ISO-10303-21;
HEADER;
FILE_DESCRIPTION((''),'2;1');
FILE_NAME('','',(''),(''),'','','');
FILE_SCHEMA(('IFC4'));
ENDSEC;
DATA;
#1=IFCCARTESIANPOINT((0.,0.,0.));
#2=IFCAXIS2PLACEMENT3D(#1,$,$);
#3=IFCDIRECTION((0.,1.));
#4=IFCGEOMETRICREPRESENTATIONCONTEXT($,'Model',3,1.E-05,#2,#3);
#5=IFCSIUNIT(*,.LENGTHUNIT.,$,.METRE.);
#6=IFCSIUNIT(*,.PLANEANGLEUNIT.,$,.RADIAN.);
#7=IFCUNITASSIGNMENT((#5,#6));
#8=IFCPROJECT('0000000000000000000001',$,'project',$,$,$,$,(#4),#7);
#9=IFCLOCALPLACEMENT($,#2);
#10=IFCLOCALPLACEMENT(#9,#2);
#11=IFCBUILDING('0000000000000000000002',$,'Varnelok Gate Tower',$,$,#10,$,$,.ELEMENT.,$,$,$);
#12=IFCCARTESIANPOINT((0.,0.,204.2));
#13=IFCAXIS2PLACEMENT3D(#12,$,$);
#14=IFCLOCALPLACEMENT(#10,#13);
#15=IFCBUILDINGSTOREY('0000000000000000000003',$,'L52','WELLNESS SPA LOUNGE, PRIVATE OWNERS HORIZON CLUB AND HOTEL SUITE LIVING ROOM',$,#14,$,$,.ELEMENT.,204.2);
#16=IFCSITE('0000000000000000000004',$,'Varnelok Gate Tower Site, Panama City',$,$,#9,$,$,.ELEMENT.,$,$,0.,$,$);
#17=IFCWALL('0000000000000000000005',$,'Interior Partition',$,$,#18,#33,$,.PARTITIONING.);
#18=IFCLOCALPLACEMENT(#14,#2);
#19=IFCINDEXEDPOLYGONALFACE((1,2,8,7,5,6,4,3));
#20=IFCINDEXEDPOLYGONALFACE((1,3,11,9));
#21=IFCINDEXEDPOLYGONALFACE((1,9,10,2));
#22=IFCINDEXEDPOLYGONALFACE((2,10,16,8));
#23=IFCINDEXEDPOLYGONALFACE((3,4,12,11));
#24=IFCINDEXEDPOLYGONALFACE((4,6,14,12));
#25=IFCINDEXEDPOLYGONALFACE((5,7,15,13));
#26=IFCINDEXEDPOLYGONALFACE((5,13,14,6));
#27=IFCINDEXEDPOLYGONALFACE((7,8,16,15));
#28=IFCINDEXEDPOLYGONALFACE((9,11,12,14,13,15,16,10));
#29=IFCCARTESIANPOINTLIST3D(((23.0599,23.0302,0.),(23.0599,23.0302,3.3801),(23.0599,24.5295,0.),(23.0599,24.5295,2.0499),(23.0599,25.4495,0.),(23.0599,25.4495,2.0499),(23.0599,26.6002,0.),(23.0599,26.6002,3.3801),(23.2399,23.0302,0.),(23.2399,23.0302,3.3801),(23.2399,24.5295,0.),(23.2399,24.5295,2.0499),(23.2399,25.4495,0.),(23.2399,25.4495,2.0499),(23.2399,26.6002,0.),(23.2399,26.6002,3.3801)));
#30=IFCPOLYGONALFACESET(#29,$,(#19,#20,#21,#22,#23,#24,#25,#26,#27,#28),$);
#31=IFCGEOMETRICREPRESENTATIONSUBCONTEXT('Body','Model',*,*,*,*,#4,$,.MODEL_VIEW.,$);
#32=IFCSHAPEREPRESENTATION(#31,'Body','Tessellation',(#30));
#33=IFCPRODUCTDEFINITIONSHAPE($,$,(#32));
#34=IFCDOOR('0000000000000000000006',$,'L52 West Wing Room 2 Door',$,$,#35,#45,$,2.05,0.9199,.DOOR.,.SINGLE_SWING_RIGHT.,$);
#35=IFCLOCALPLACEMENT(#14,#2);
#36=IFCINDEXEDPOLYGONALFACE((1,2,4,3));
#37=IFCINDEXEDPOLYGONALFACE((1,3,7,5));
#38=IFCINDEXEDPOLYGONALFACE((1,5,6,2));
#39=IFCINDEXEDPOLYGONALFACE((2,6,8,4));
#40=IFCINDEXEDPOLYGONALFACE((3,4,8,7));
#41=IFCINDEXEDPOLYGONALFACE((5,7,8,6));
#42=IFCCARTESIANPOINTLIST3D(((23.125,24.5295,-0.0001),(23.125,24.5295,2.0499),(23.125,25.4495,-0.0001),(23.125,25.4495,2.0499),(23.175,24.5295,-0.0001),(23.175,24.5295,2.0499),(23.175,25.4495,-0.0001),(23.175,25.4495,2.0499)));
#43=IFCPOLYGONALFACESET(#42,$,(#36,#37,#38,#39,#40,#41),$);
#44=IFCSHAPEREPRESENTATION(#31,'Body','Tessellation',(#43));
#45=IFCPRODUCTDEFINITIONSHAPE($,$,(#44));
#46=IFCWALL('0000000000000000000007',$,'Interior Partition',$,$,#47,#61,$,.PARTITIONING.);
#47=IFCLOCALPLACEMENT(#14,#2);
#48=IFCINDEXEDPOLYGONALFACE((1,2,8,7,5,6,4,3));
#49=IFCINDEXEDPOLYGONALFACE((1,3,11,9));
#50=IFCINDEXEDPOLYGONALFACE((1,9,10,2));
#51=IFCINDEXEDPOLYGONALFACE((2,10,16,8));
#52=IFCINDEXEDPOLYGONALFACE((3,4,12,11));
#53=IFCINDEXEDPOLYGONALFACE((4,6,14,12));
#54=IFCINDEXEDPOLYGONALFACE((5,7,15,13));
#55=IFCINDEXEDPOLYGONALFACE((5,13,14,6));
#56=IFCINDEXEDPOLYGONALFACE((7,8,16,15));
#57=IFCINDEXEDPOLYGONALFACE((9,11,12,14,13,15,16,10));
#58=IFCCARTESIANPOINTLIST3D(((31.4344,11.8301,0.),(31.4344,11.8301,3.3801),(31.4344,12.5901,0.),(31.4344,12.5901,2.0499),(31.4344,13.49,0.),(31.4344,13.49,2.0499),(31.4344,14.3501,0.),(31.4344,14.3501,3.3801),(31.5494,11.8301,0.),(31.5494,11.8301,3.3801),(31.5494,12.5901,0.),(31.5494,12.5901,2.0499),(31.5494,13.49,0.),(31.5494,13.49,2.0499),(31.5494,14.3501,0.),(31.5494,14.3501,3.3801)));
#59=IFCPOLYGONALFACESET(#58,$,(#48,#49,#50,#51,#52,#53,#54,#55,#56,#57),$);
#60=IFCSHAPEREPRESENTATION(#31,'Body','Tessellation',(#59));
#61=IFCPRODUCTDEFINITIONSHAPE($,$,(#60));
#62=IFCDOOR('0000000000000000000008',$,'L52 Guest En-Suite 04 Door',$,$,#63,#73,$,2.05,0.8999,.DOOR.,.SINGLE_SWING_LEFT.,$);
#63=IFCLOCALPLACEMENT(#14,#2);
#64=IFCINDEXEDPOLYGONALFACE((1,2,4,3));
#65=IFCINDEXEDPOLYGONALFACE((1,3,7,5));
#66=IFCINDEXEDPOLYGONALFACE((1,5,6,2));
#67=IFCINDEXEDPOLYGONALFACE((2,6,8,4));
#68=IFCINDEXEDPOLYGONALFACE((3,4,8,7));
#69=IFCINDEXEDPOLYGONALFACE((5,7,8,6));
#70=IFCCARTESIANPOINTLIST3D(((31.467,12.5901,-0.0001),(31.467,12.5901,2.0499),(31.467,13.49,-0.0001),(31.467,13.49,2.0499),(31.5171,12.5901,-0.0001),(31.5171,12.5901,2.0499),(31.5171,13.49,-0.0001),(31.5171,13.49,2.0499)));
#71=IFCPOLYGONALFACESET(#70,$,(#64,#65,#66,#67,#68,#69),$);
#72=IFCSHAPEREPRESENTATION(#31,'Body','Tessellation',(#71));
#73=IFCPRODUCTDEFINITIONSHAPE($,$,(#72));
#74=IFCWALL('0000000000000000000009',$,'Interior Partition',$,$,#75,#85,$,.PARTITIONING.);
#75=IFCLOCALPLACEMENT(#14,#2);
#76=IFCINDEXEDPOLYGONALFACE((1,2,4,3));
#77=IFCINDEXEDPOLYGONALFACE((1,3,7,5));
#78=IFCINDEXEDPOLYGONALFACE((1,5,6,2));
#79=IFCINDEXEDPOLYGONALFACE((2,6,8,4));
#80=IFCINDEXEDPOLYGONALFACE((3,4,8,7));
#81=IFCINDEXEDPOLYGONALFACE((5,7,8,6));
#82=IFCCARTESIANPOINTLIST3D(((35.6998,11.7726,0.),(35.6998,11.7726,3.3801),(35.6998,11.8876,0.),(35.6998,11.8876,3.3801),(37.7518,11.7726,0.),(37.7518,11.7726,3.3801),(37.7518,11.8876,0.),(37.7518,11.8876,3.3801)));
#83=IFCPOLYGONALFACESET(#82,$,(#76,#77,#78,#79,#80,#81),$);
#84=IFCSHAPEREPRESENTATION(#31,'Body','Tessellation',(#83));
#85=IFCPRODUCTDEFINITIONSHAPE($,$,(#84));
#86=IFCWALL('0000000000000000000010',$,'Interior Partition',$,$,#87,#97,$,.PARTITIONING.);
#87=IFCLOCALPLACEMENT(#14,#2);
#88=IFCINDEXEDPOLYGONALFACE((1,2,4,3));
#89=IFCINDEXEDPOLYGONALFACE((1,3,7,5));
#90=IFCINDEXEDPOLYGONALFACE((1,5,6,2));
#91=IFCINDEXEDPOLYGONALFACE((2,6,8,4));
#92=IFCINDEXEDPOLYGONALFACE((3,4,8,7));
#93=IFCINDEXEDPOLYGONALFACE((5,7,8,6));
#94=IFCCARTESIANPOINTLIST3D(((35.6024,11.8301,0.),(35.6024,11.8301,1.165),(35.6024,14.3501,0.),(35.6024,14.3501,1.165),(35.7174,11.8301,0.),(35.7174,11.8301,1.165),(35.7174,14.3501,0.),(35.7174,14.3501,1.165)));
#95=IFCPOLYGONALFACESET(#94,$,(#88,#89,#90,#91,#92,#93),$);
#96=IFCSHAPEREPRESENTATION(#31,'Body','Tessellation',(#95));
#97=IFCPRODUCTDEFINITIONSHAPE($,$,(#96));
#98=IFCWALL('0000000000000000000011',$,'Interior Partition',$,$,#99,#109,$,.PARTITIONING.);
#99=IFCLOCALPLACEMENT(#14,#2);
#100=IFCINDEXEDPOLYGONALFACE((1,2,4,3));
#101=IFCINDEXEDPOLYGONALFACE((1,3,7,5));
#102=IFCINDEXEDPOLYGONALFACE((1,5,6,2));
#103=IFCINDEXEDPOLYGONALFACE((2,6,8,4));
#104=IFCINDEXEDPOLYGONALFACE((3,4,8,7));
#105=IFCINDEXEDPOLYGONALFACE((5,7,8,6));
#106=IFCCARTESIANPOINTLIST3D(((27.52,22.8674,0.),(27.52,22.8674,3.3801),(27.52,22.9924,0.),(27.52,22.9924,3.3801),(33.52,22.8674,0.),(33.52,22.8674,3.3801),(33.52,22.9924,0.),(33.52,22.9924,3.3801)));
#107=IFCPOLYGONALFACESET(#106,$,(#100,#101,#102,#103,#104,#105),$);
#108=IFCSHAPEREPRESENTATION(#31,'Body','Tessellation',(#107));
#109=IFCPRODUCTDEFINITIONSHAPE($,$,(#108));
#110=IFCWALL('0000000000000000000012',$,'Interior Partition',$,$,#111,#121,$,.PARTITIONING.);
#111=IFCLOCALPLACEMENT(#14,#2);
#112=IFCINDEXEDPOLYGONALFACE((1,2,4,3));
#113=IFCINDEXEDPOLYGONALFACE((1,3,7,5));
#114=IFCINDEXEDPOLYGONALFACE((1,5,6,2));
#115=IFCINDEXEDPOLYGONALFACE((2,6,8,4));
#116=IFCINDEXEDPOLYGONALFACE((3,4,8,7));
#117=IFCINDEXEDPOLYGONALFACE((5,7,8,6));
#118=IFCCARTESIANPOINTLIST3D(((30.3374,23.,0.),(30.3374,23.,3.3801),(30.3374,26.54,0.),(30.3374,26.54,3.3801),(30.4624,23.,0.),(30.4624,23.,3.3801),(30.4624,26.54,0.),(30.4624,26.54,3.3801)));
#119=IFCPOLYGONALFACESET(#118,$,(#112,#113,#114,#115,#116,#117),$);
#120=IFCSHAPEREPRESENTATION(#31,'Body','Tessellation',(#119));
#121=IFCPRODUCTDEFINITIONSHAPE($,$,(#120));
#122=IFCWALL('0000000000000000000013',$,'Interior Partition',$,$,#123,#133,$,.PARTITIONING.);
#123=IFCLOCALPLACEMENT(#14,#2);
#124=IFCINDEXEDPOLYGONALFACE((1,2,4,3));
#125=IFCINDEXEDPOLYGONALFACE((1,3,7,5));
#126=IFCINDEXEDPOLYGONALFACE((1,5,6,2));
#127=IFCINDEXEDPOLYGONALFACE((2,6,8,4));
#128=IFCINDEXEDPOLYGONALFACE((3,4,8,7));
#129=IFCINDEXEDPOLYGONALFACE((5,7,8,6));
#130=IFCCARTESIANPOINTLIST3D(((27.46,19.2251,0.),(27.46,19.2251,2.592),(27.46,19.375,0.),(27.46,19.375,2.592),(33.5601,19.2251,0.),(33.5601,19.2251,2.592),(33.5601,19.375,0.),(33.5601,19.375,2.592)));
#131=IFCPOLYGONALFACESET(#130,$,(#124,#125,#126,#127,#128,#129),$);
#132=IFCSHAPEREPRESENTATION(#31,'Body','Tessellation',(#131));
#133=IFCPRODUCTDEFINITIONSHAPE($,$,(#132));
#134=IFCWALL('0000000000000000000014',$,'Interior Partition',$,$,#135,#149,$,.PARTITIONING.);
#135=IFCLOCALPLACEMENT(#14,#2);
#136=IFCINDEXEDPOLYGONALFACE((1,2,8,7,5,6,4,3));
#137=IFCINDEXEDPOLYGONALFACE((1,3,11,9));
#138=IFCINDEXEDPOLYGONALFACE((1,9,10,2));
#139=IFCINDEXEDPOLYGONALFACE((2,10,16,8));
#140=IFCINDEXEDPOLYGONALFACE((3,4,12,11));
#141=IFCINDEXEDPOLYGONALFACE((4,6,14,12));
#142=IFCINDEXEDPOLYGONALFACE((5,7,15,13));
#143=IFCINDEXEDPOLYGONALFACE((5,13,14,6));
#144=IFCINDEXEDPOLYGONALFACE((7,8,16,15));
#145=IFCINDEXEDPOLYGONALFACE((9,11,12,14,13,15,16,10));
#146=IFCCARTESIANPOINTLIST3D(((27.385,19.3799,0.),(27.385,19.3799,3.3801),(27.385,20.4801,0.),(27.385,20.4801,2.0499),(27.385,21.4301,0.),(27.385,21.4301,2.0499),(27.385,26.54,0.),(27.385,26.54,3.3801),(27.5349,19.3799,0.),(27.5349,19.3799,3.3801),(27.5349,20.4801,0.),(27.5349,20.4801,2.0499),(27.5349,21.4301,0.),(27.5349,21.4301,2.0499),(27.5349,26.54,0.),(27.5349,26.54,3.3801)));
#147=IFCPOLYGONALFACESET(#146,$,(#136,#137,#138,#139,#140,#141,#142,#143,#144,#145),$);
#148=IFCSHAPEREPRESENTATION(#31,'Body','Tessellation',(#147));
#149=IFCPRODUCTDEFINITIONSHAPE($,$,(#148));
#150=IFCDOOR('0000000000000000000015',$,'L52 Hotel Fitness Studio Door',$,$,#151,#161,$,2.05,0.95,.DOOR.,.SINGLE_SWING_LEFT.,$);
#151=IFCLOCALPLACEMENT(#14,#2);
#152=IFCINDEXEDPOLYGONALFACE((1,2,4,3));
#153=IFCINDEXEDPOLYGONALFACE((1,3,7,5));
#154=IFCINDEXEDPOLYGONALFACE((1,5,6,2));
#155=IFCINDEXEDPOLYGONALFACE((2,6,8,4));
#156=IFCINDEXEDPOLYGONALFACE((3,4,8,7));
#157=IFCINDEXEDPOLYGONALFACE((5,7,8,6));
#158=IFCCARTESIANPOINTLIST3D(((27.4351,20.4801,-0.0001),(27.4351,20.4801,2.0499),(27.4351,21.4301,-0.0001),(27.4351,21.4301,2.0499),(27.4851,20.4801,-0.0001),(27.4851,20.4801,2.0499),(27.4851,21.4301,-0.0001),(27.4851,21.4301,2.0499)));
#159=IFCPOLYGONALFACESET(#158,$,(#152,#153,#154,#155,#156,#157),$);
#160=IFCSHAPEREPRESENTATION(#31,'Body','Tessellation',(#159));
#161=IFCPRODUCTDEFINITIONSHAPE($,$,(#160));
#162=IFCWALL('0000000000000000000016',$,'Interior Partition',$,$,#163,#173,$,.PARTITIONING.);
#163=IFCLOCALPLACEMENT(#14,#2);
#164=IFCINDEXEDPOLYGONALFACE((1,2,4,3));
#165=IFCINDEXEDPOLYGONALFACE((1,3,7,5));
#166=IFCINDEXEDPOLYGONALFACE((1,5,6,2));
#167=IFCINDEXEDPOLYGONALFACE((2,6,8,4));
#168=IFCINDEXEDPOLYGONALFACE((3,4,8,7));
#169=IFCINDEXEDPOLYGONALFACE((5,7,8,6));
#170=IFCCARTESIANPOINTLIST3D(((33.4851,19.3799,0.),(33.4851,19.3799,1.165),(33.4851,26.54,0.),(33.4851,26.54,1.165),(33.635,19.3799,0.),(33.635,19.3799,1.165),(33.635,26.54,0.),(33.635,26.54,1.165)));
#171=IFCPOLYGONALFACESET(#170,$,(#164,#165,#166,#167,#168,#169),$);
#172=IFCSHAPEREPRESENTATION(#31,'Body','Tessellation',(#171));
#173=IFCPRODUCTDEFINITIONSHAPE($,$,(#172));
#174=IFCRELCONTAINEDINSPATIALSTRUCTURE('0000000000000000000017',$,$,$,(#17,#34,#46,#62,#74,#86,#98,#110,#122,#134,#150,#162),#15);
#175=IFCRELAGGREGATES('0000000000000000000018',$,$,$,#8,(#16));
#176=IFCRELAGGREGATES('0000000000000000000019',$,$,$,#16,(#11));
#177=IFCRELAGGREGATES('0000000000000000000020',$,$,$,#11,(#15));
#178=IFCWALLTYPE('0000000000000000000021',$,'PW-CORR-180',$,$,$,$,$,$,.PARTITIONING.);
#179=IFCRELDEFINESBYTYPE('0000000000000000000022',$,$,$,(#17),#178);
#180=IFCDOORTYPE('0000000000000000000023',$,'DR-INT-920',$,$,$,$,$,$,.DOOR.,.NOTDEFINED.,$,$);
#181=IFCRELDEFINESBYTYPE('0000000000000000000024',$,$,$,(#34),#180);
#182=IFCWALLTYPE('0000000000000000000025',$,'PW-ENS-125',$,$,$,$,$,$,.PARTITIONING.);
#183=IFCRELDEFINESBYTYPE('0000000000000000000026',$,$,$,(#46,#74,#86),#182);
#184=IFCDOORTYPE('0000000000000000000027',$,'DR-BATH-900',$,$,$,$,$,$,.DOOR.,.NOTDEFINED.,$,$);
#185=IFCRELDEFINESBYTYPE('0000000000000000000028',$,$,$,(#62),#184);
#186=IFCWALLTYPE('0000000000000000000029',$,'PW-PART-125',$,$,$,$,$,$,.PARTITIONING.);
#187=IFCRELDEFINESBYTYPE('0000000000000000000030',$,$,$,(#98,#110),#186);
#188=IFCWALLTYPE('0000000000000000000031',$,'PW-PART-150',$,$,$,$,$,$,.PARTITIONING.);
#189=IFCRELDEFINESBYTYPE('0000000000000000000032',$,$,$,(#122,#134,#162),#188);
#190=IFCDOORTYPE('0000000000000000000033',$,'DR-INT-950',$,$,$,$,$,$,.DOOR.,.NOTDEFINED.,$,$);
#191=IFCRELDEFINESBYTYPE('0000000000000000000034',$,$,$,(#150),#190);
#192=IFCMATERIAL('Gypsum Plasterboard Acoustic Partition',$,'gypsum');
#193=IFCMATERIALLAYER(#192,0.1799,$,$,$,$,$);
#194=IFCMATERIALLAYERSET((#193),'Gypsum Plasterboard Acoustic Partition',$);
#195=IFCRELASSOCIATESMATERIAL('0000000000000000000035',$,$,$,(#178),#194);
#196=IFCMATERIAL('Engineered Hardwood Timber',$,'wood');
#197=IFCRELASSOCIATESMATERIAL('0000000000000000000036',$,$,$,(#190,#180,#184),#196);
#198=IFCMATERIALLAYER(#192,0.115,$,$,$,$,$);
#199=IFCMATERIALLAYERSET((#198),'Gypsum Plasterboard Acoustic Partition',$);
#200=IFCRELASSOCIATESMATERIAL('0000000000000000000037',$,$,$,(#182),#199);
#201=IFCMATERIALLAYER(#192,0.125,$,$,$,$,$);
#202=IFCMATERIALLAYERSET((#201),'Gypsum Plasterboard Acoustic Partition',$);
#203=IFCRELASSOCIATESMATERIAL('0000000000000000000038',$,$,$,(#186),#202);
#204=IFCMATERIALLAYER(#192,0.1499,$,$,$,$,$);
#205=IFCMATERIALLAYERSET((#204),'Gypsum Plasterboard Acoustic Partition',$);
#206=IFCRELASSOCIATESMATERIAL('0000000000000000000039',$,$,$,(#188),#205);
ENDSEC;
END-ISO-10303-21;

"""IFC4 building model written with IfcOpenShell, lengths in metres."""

from ifc_helpers import new_model, si_unit, direction, frame, frame_2d, origin, place, context, subcontext, project, spatial, rectangle, extrude, material, layer, layer_set, type_object, element, fill, save


model = new_model("IFC4")

# Units and contexts
model_context = context("Model", 3, precision=1e-05, world=origin(), true_north=direction((0.0, 1.0)))
body_context = subcontext(model_context, "Body", "Model", "MODEL_VIEW")
ifc_project = project(units=[si_unit("LENGTHUNIT", "METRE"), si_unit("PLANEANGLEUNIT", "RADIAN")], contexts=[model_context])

# Site, building, storey
site_placement = place(None, origin())
site = spatial("IfcSite", under=ifc_project, at=site_placement, Name="Varnelok Gate Tower Site, Panama City", CompositionType="ELEMENT", RefElevation=0.0)
building_placement = place(site_placement, origin())
building = spatial("IfcBuilding", under=site, at=building_placement, Name="Varnelok Gate Tower", CompositionType="ELEMENT")
storey_placement = place(building_placement, frame((0.0, 0.0, 204.2)))
storey = spatial("IfcBuildingStorey", under=building, at=storey_placement, Name="L52", Description="WELLNESS SPA LOUNGE, PRIVATE OWNERS HORIZON CLUB AND HOTEL SUITE LIVING ROOM", CompositionType="ELEMENT", Elevation=204.2)

# Walls, openings, doors
ifc_material_1 = material(Name="Gypsum Plasterboard Acoustic Partition", Category="gypsum")
ifc_layer_1 = layer(ifc_material_1, 0.1799)
ifc_layer_set_1 = layer_set([ifc_layer_1], Name="Gypsum Plasterboard Acoustic Partition")
wall_type_1 = type_object("IfcWallType", Name="PW-CORR-180", PredefinedType="PARTITIONING", material=ifc_layer_set_1)
ifc_material_2 = material(Name="Engineered Hardwood Timber", Category="wood")
door_type_1 = type_object("IfcDoorType", Name="DR-INT-950", OperationType="NOTDEFINED", PredefinedType="DOOR", material=ifc_material_2)
door_type_2 = type_object("IfcDoorType", Name="DR-INT-920", OperationType="NOTDEFINED", PredefinedType="DOOR", material=ifc_material_2)
wall_1_placement = place(storey_placement, frame((23.1499, 23.03, 0.0), z_axis=(0.0, 0.0, 1.0), x_axis=(0.0, 1.0, 0.0)))
wall_1 = element("IfcWall", 1, at=wall_1_placement, inside=storey, type_object=wall_type_1, Name="Interior Partition", PredefinedType="PARTITIONING", context=body_context, shape_type="SweptSolid", body=[
    extrude(rectangle(XDim=3.5701, YDim=0.1799, at=frame_2d((1.7852, 0.0))), origin(), (0.0, 0.0, 1.0), 3.3801),
])
opening_1_placement = place(wall_1_placement, frame((1.4995, 0.0, 0.0)))
opening_1 = element("IfcOpeningElement", 2, at=opening_1_placement, cuts=wall_1, PredefinedType="OPENING", context=body_context, shape_type="SweptSolid", body=[
    extrude(rectangle(XDim=0.9199, YDim=2.05, at=frame_2d((0.46, 1.0249))), frame((0.0, 0.0999, 0.0), z_axis=(0.0, -1.0, 0.0), x_axis=(1.0, 0.0, 0.0)), (0.0, 0.0, 1.0), 0.2),
])
door_1_placement = place(opening_1_placement, origin())
door_1 = element("IfcDoor", 3, at=door_1_placement, inside=storey, type_object=door_type_2, Name="L52 West Wing Room 2 Door", OperationType="SINGLE_SWING_RIGHT", OverallHeight=2.05, OverallWidth=0.9199, PredefinedType="DOOR", context=body_context, shape_type="SweptSolid", body=[
    extrude(rectangle(XDim=0.9199, YDim=2.05, at=frame_2d((0.46, 1.0249))), frame((0.0, 0.0249, 0.0), z_axis=(0.0, -1.0, 0.0), x_axis=(1.0, 0.0, 0.0)), (0.0, 0.0, 1.0), 0.05),
])
fill(opening_1, door_1)
ifc_layer_2 = layer(ifc_material_1, 0.115)
ifc_layer_set_2 = layer_set([ifc_layer_2], Name="Gypsum Plasterboard Acoustic Partition")
wall_type_2 = type_object("IfcWallType", Name="PW-ENS-125", PredefinedType="PARTITIONING", material=ifc_layer_set_2)
wall_2_placement = place(storey_placement, frame((31.4919, 11.8301, 0.0), z_axis=(0.0, 0.0, 1.0), x_axis=(0.0, 1.0, 0.0)))
wall_2 = element("IfcWall", 4, at=wall_2_placement, inside=storey, type_object=wall_type_2, Name="Interior Partition", PredefinedType="PARTITIONING", context=body_context, shape_type="SweptSolid", body=[
    extrude(rectangle(XDim=2.52, YDim=0.115, at=frame_2d((1.26, 0.0))), origin(), (0.0, 0.0, 1.0), 3.3801),
])
opening_2_placement = place(wall_2_placement, frame((0.76, 0.0, 0.0)))
opening_2 = element("IfcOpeningElement", 5, at=opening_2_placement, cuts=wall_2, PredefinedType="OPENING", context=body_context, shape_type="SweptSolid", body=[
    extrude(rectangle(XDim=0.8999, YDim=2.05, at=frame_2d((0.45, 1.0249))), frame((0.0, 0.0674, 0.0), z_axis=(0.0, -1.0, 0.0), x_axis=(1.0, 0.0, 0.0)), (0.0, 0.0, 1.0), 0.135),
])
door_type_3 = type_object("IfcDoorType", Name="DR-BATH-900", OperationType="NOTDEFINED", PredefinedType="DOOR", material=ifc_material_2)
door_2_placement = place(opening_2_placement, origin())
door_2 = element("IfcDoor", 6, at=door_2_placement, inside=storey, type_object=door_type_3, Name="L52 Guest En-Suite 04 Door", OperationType="SINGLE_SWING_LEFT", OverallHeight=2.05, OverallWidth=0.8999, PredefinedType="DOOR", context=body_context, shape_type="SweptSolid", body=[
    extrude(rectangle(XDim=0.8999, YDim=2.05, at=frame_2d((0.45, 1.0249))), frame((0.0, 0.0249, 0.0), z_axis=(0.0, -1.0, 0.0), x_axis=(1.0, 0.0, 0.0)), (0.0, 0.0, 1.0), 0.05),
])
fill(opening_2, door_2)

# Walls
wall_3_placement = place(storey_placement, frame((35.7, 11.8301, 0.0), z_axis=(0.0, 0.0, 1.0), x_axis=(1.0, 0.0, 0.0)))
element("IfcWall", 7, at=wall_3_placement, inside=storey, type_object=wall_type_2, Name="Interior Partition", PredefinedType="PARTITIONING", context=body_context, shape_type="SweptSolid", body=[
    extrude(rectangle(XDim=2.052, YDim=0.115, at=frame_2d((1.0259, 0.0))), origin(), (0.0, 0.0, 1.0), 3.3801),
])
wall_4_placement = place(storey_placement, frame((35.6599, 11.8301, 0.0), z_axis=(0.0, 0.0, 1.0), x_axis=(0.0, 1.0, 0.0)))
element("IfcWall", 8, at=wall_4_placement, inside=storey, type_object=wall_type_2, Name="Interior Partition", PredefinedType="PARTITIONING", context=body_context, shape_type="SweptSolid", body=[
    extrude(rectangle(XDim=2.52, YDim=0.115, at=frame_2d((1.26, 0.0))), origin(), (0.0, 0.0, 1.0), 1.165),
])
ifc_layer_3 = layer(ifc_material_1, 0.125)
ifc_layer_set_3 = layer_set([ifc_layer_3], Name="Gypsum Plasterboard Acoustic Partition")
wall_type_3 = type_object("IfcWallType", Name="PW-PART-125", PredefinedType="PARTITIONING", material=ifc_layer_set_3)
wall_5_placement = place(storey_placement, frame((27.52, 22.9299, 0.0), z_axis=(0.0, 0.0, 1.0), x_axis=(1.0, 0.0, 0.0)))
element("IfcWall", 9, at=wall_5_placement, inside=storey, type_object=wall_type_3, Name="Interior Partition", PredefinedType="PARTITIONING", context=body_context, shape_type="SweptSolid", body=[
    extrude(rectangle(XDim=6.0, YDim=0.125, at=frame_2d((3.0, 0.0))), origin(), (0.0, 0.0, 1.0), 3.3801),
])
wall_6_placement = place(storey_placement, frame((30.3999, 23.0, 0.0), z_axis=(0.0, 0.0, 1.0), x_axis=(0.0, 1.0, 0.0)))
element("IfcWall", 10, at=wall_6_placement, inside=storey, type_object=wall_type_3, Name="Interior Partition", PredefinedType="PARTITIONING", context=body_context, shape_type="SweptSolid", body=[
    extrude(rectangle(XDim=3.54, YDim=0.125, at=frame_2d((1.77, 0.0))), origin(), (0.0, 0.0, 1.0), 3.3801),
])
ifc_layer_4 = layer(ifc_material_1, 0.1499)
ifc_layer_set_4 = layer_set([ifc_layer_4], Name="Gypsum Plasterboard Acoustic Partition")
wall_type_4 = type_object("IfcWallType", Name="PW-PART-150", PredefinedType="PARTITIONING", material=ifc_layer_set_4)
wall_7_placement = place(storey_placement, frame((27.46, 19.3, 0.0), z_axis=(0.0, 0.0, 1.0), x_axis=(1.0, 0.0, 0.0)))
element("IfcWall", 11, at=wall_7_placement, inside=storey, type_object=wall_type_4, Name="Interior Partition", PredefinedType="PARTITIONING", context=body_context, shape_type="SweptSolid", body=[
    extrude(rectangle(XDim=6.1001, YDim=0.1499, at=frame_2d((3.05, 0.0))), origin(), (0.0, 0.0, 1.0), 2.592),
])

# Wall, opening, door
wall_8_placement = place(storey_placement, frame((27.46, 19.3799, 0.0), z_axis=(0.0, 0.0, 1.0), x_axis=(0.0, 1.0, 0.0)))
wall_8 = element("IfcWall", 12, at=wall_8_placement, inside=storey, type_object=wall_type_4, Name="Interior Partition", PredefinedType="PARTITIONING", context=body_context, shape_type="SweptSolid", body=[
    extrude(rectangle(XDim=7.1602, YDim=0.1499, at=frame_2d((3.5801, 0.0))), origin(), (0.0, 0.0, 1.0), 3.3801),
])
opening_3_placement = place(wall_8_placement, frame((1.1001, 0.0, 0.0)))
opening_3 = element("IfcOpeningElement", 13, at=opening_3_placement, cuts=wall_8, PredefinedType="OPENING", context=body_context, shape_type="SweptSolid", body=[
    extrude(rectangle(XDim=0.95, YDim=2.05, at=frame_2d((0.4751, 1.0249))), frame((0.0, 0.085, 0.0), z_axis=(0.0, -1.0, 0.0), x_axis=(1.0, 0.0, 0.0)), (0.0, 0.0, 1.0), 0.1699),
])
door_3_placement = place(opening_3_placement, origin())
door_3 = element("IfcDoor", 14, at=door_3_placement, inside=storey, type_object=door_type_1, Name="L52 Hotel Fitness Studio Door", OperationType="SINGLE_SWING_LEFT", OverallHeight=2.05, OverallWidth=0.95, PredefinedType="DOOR", context=body_context, shape_type="SweptSolid", body=[
    extrude(rectangle(XDim=0.95, YDim=2.05, at=frame_2d((0.4751, 1.0249))), frame((0.0, 0.0249, 0.0), z_axis=(0.0, -1.0, 0.0), x_axis=(1.0, 0.0, 0.0)), (0.0, 0.0, 1.0), 0.05),
])
fill(opening_3, door_3)

# Wall
wall_9_placement = place(storey_placement, frame((33.5601, 19.3799, 0.0), z_axis=(0.0, 0.0, 1.0), x_axis=(0.0, 1.0, 0.0)))
element("IfcWall", 15, at=wall_9_placement, inside=storey, type_object=wall_type_4, Name="Interior Partition", PredefinedType="PARTITIONING", context=body_context, shape_type="SweptSolid", body=[
    extrude(rectangle(XDim=7.1602, YDim=0.1499, at=frame_2d((3.5801, 0.0))), origin(), (0.0, 0.0, 1.0), 1.165),
])

save(model, "model.ifc")
